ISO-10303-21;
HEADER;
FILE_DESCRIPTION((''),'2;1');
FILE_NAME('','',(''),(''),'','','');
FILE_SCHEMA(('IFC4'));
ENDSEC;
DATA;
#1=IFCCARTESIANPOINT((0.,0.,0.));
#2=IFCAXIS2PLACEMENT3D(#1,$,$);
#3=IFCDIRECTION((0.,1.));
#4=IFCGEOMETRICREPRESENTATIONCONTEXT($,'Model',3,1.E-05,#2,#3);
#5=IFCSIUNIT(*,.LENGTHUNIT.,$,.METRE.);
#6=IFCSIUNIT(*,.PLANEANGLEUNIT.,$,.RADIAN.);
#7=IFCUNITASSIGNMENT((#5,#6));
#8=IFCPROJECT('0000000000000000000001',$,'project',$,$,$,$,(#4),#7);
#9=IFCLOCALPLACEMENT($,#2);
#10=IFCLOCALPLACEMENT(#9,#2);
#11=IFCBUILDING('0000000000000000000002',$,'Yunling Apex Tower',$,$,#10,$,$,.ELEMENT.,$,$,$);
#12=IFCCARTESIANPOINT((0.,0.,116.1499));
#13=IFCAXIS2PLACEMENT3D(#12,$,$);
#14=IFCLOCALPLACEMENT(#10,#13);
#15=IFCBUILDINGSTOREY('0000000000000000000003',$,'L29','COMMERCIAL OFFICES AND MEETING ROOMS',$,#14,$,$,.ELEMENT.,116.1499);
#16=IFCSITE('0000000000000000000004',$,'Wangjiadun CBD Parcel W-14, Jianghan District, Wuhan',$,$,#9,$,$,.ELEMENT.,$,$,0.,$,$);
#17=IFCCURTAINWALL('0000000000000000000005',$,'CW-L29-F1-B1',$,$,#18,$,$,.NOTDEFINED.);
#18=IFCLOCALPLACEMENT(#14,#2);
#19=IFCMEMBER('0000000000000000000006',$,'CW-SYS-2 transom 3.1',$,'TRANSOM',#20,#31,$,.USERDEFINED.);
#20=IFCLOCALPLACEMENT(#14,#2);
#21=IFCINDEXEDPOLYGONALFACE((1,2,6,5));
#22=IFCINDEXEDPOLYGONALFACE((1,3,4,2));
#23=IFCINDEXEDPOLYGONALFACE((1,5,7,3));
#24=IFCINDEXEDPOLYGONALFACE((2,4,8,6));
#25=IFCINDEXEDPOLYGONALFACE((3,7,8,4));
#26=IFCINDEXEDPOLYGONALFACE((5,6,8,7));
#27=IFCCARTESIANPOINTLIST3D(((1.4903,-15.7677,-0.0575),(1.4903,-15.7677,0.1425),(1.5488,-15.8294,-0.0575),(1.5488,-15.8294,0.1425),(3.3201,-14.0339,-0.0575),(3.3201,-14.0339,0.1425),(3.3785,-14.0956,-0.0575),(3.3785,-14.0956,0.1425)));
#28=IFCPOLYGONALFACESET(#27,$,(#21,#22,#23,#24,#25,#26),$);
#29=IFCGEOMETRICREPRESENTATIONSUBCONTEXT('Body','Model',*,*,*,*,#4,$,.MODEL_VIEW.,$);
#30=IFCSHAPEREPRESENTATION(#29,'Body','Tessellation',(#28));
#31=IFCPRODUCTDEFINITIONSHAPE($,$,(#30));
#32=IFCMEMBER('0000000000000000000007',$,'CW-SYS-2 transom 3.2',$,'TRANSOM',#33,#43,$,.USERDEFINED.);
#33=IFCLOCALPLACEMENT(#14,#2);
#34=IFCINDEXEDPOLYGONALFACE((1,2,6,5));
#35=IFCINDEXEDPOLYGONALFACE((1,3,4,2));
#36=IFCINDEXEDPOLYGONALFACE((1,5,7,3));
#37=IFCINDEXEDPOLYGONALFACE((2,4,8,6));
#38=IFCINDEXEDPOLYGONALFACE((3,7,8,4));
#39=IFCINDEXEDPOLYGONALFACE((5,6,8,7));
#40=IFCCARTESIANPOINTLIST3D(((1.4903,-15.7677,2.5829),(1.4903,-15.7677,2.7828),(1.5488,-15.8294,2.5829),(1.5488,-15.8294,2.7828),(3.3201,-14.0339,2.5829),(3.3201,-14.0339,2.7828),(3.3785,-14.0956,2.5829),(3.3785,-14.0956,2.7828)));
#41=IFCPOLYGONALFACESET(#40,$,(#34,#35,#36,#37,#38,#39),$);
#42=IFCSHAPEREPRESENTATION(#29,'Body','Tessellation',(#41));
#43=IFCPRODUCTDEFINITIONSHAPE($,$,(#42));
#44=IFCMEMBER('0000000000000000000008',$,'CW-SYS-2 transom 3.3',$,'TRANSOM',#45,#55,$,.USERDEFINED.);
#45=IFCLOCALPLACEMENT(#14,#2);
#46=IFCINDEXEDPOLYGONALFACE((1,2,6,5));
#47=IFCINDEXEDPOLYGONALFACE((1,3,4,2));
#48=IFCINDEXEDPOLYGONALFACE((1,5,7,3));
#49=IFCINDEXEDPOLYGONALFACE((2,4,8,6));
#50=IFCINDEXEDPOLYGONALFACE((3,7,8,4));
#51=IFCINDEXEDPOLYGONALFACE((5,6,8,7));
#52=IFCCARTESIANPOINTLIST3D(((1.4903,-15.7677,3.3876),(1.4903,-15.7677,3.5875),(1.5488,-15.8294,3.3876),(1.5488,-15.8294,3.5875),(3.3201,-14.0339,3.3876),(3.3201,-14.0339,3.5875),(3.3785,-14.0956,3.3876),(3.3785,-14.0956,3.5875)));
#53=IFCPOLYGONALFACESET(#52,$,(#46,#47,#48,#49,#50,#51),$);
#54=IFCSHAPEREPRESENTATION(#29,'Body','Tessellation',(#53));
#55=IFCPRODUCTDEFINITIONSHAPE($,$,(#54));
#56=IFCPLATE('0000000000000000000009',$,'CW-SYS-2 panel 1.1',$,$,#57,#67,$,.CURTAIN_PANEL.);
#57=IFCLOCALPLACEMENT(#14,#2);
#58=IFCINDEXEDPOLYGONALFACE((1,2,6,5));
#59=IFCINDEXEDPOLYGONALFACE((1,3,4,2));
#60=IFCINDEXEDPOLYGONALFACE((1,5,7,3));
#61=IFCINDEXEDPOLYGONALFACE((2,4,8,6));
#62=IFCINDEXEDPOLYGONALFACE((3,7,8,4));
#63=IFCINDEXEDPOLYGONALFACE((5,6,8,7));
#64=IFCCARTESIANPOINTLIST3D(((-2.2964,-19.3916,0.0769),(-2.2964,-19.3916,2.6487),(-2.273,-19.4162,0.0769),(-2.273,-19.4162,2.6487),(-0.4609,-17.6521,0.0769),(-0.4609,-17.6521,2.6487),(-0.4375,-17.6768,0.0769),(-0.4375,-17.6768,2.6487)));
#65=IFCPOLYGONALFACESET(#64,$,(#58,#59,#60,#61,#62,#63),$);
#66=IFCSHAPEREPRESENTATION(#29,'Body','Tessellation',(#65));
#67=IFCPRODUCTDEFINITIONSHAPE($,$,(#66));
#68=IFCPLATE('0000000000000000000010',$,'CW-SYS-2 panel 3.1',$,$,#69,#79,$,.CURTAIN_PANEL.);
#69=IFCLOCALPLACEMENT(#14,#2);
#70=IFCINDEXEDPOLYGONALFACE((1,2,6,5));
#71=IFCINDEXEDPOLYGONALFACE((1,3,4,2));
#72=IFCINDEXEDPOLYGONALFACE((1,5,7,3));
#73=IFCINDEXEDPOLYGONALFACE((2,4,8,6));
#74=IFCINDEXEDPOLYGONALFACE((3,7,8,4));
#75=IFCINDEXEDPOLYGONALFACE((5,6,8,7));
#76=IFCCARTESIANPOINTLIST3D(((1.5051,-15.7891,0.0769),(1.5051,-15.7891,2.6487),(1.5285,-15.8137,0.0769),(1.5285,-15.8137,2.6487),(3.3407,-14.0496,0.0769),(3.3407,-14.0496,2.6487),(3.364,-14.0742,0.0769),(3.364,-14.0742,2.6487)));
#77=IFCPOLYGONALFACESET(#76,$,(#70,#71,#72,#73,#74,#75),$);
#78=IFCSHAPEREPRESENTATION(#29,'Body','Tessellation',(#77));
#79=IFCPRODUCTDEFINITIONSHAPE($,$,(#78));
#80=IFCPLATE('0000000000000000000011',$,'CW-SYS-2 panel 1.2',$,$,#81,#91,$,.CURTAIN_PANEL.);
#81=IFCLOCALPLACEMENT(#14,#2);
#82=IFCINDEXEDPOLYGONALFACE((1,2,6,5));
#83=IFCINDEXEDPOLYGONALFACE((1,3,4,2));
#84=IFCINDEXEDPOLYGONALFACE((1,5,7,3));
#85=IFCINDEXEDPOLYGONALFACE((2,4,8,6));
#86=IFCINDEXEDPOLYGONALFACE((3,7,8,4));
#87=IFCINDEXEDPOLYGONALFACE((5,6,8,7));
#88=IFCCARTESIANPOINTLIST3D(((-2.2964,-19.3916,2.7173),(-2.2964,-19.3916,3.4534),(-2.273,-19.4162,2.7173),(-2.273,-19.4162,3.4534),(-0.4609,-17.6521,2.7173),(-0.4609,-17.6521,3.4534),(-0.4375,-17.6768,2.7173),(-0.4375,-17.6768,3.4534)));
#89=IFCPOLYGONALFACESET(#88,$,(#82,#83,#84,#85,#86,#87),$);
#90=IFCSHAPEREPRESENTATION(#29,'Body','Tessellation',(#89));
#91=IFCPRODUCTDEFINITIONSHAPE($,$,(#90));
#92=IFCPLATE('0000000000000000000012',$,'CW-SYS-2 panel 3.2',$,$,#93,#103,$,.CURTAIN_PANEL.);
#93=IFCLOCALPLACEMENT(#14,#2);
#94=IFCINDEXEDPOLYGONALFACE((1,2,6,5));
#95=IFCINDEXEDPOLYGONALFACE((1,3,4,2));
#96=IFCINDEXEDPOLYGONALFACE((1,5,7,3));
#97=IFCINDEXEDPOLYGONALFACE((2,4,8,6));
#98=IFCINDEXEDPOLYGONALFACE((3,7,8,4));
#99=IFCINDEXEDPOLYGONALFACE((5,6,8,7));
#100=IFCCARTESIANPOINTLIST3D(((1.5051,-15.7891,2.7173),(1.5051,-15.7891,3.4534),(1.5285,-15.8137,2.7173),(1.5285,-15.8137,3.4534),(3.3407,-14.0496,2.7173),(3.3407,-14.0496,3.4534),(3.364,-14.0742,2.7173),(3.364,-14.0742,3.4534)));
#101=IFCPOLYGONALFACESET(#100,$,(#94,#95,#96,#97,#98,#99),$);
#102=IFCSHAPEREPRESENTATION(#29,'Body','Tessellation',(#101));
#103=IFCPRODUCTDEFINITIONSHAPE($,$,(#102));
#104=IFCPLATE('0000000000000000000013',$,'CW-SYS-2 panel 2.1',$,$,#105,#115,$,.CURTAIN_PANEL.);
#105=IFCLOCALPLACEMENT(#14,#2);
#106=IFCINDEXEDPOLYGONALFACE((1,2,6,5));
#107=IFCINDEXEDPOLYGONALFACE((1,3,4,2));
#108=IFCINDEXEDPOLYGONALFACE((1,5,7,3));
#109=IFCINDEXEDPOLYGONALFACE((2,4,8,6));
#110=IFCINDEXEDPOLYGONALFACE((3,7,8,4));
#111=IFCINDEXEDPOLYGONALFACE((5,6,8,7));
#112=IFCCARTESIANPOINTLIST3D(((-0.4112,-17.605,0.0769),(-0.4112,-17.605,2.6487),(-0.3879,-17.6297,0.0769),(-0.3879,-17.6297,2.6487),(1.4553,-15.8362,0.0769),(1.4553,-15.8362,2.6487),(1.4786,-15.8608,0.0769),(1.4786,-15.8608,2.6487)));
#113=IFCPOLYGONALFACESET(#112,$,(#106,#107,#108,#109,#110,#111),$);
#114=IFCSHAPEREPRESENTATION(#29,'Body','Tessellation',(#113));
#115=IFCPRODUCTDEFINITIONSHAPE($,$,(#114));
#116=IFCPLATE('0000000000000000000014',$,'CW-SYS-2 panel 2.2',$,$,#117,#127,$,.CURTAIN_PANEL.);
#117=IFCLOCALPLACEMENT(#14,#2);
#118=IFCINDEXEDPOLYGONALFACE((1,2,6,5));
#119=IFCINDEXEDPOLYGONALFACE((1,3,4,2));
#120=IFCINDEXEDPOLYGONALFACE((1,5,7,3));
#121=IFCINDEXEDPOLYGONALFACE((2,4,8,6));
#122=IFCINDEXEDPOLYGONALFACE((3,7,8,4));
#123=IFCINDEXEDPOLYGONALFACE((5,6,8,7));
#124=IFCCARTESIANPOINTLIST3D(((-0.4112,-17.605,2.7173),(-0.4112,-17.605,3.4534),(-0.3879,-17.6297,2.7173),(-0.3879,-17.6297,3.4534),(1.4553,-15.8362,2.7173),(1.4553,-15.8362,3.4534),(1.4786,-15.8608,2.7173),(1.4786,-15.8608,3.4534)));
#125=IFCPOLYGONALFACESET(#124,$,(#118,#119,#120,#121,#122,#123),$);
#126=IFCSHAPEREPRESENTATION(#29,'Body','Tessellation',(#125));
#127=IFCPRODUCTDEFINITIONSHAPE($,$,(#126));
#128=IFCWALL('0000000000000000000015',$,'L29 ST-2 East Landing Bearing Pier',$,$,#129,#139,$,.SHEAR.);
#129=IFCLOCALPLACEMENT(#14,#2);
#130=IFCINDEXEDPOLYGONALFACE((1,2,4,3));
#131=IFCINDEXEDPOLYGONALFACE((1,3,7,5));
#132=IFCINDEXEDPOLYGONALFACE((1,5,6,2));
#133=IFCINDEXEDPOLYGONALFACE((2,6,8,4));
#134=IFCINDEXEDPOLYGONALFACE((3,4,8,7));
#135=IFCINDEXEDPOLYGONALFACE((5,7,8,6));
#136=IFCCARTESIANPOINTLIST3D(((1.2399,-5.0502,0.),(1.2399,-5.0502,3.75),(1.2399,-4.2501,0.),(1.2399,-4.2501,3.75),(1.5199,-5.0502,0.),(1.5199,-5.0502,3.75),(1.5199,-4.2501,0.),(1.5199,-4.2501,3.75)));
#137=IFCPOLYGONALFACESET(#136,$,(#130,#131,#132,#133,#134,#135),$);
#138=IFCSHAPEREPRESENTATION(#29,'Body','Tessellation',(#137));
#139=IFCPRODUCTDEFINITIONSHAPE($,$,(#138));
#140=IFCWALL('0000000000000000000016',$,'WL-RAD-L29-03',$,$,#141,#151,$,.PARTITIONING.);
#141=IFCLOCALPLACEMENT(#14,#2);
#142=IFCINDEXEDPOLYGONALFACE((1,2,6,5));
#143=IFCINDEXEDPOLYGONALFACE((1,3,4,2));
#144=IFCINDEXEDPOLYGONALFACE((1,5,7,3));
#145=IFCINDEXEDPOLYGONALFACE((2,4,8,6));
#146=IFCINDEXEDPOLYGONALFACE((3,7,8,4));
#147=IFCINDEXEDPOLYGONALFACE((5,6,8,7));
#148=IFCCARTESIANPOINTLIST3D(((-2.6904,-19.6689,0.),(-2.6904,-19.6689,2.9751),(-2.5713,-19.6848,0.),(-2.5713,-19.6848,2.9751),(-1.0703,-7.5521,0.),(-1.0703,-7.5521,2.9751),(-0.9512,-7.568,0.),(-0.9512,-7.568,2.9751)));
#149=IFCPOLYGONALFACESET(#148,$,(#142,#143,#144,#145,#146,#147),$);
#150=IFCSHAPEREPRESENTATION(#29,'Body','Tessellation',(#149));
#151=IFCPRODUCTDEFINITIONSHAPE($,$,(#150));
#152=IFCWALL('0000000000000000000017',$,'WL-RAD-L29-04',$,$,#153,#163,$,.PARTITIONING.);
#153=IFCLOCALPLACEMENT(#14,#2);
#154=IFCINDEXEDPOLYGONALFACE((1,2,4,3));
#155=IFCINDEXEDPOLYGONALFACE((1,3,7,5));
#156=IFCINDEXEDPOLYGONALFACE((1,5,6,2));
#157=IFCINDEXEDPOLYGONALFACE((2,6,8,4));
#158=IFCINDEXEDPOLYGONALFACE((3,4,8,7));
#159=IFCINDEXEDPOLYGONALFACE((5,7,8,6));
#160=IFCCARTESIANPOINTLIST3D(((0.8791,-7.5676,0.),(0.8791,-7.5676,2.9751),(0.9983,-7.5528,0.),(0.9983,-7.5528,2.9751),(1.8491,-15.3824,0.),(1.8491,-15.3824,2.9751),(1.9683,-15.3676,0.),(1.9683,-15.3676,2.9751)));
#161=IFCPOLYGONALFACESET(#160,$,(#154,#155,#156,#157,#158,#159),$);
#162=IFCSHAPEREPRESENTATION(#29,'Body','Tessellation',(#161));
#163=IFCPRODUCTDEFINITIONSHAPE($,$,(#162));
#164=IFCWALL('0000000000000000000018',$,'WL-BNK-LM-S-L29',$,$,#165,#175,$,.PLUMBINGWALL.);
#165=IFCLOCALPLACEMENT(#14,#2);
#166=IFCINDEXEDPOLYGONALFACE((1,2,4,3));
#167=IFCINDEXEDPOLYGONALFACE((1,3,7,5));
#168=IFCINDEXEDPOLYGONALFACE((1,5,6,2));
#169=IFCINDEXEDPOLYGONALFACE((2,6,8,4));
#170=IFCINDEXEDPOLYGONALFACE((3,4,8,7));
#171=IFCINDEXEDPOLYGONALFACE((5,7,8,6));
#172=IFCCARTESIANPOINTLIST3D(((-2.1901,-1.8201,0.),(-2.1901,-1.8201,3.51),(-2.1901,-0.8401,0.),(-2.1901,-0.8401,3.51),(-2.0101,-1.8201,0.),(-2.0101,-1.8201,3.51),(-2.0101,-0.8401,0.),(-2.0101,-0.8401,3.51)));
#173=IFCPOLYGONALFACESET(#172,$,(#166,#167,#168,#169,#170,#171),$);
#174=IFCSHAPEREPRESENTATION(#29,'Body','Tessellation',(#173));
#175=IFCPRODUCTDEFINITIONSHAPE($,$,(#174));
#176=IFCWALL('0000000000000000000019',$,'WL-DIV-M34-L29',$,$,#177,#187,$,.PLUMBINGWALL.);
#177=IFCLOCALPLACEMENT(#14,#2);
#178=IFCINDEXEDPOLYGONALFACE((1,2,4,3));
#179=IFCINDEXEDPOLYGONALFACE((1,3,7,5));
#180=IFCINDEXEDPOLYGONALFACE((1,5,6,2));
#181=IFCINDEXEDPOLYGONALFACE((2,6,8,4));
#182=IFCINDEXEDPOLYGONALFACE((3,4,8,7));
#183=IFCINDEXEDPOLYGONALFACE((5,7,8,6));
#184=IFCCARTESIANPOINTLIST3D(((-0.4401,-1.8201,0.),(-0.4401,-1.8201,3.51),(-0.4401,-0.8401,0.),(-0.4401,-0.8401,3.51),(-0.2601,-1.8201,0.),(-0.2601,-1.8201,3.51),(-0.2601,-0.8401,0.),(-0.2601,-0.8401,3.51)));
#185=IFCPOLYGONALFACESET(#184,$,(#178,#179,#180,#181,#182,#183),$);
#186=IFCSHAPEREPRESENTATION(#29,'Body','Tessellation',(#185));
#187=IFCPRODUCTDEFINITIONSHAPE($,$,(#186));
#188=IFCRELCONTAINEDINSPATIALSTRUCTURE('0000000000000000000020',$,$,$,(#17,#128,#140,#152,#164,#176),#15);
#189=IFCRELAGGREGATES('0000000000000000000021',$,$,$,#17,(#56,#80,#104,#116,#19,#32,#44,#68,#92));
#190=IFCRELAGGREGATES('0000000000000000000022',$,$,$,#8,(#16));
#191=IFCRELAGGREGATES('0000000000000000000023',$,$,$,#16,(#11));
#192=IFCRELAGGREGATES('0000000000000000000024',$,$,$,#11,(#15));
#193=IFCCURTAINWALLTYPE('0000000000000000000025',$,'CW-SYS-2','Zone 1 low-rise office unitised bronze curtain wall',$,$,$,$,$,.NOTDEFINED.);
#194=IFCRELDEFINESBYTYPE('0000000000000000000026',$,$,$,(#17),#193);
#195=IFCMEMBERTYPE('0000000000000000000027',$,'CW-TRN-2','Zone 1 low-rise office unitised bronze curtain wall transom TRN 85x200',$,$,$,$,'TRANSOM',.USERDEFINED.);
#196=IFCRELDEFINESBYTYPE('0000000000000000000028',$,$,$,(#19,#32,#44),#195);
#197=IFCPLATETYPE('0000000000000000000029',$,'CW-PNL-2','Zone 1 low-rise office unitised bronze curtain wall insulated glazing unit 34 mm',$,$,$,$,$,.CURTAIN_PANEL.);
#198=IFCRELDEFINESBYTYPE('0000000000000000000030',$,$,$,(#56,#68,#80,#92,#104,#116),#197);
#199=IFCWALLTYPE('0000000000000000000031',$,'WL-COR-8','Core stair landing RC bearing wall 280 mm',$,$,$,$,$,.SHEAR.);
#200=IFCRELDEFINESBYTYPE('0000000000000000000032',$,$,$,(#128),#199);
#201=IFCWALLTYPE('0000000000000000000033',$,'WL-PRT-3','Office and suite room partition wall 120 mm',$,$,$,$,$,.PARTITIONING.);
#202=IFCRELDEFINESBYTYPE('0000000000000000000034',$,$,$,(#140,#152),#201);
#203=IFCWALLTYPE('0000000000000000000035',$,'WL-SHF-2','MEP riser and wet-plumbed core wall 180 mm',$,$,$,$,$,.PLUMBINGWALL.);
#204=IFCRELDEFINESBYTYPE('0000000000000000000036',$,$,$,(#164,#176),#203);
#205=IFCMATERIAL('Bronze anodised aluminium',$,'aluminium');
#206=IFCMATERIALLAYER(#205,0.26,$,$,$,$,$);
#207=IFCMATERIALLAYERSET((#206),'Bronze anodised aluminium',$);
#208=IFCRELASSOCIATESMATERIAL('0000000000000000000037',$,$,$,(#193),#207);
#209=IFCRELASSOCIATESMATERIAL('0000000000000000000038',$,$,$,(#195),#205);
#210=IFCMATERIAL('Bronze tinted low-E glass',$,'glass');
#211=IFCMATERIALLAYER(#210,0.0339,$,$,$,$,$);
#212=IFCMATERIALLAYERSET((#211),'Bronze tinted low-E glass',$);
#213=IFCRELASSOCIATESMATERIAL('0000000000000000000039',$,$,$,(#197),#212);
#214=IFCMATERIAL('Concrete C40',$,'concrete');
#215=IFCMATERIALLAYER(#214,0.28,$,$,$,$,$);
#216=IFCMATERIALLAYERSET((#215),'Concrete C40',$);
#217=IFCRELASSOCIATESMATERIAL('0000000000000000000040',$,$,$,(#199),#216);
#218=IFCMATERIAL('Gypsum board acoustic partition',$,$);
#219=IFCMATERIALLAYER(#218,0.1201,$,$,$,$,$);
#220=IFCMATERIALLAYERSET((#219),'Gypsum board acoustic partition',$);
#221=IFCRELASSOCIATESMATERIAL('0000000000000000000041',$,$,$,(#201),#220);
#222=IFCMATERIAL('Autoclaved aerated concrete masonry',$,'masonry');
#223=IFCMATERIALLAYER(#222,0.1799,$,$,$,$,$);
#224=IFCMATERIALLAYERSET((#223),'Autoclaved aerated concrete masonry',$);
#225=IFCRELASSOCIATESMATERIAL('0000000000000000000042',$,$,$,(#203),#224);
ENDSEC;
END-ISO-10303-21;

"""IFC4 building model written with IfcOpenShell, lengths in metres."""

from ifc_helpers import new_model, si_unit, direction, frame, frame_2d, origin, origin_2d, place, context, subcontext, project, spatial, rectangle, extrude, source, transform, mapped, material, layer, layer_set, material_profile, profile_set, type_object, element, aggregate, save


model = new_model("IFC4")

# Units and contexts
model_context = context("Model", 3, precision=1e-05, world=origin(), true_north=direction((0.0, 1.0)))
body_context = subcontext(model_context, "Body", "Model", "MODEL_VIEW")
ifc_project = project(units=[si_unit("LENGTHUNIT", "METRE"), si_unit("PLANEANGLEUNIT", "RADIAN")], contexts=[model_context])

# Site, building, storey
site_placement = place(None, origin())
site = spatial("IfcSite", under=ifc_project, at=site_placement, Name="Wangjiadun CBD Parcel W-14, Jianghan District, Wuhan", CompositionType="ELEMENT", RefElevation=0.0)
building_placement = place(site_placement, origin())
building = spatial("IfcBuilding", under=site, at=building_placement, Name="Yunling Apex Tower", CompositionType="ELEMENT")
storey_placement = place(building_placement, frame((0.0, 0.0, 116.1499)))
storey = spatial("IfcBuildingStorey", under=building, at=storey_placement, Name="L29", Description="COMMERCIAL OFFICES AND MEETING ROOMS", CompositionType="ELEMENT", Elevation=116.1499)

# Curtain wall
ifc_material_1 = material(Name="Bronze anodised aluminium", Category="aluminium")
ifc_layer_1 = layer(ifc_material_1, 0.26)
ifc_layer_set_1 = layer_set([ifc_layer_1], Name="Bronze anodised aluminium")
curtain_wall_type = type_object("IfcCurtainWallType", Name="CW-SYS-2", Description="Zone 1 low-rise office unitised bronze curtain wall", PredefinedType="NOTDEFINED", material=ifc_layer_set_1)
curtain_wall_1_placement = place(storey_placement, origin())
curtain_wall_1 = element("IfcCurtainWall", 1, at=curtain_wall_1_placement, inside=storey, type_object=curtain_wall_type, Name="CW-L29-F1-B1", PredefinedType="NOTDEFINED")

# Members
ifc_material_profile_1 = material_profile(ifc_material_1, rectangle(XDim=0.085, YDim=0.2, at=origin_2d()))
ifc_profile_set_1 = profile_set([ifc_material_profile_1], Name="Bronze anodised aluminium")
member_type_1 = type_object("IfcMemberType", Name="CW-TRN-2", Description="Zone 1 low-rise office unitised bronze curtain wall transom TRN 85x200", ElementType="TRANSOM", PredefinedType="USERDEFINED", material=ifc_profile_set_1)
shared_shape_1 = source(origin(), body_context, "Body", "SweptSolid", [
    extrude(rectangle(XDim=0.085, YDim=0.2, at=origin_2d()), origin(), (0.0, 0.0, 1.0), 2.5208),
])
member_1_placement = place(storey_placement, frame((1.5195, -15.7986, 0.0425), z_axis=(0.725881, 0.68782, 0.0), x_axis=(-0.68782, 0.725881, 0.0)))
member_1 = element("IfcMember", 2, at=member_1_placement, type_object=member_type_1, Name="CW-SYS-2 transom 3.1", ObjectType="TRANSOM", PredefinedType="USERDEFINED", context=body_context, shape_type="MappedRepresentation", body=[
    mapped(shared_shape_1, transform((0.0, 0.0, 0.0), scale=1.0)),
])
member_2_placement = place(storey_placement, frame((1.5195, -15.7986, 2.6829), z_axis=(0.725881, 0.68782, 0.0), x_axis=(-0.68782, 0.725881, 0.0)))
member_2 = element("IfcMember", 3, at=member_2_placement, type_object=member_type_1, Name="CW-SYS-2 transom 3.2", ObjectType="TRANSOM", PredefinedType="USERDEFINED", context=body_context, shape_type="MappedRepresentation", body=[
    mapped(shared_shape_1, transform((0.0, 0.0, 0.0), scale=1.0)),
])
member_3_placement = place(storey_placement, frame((1.5195, -15.7986, 3.4875), z_axis=(0.725881, 0.68782, 0.0), x_axis=(-0.68782, 0.725881, 0.0)))
member_3 = element("IfcMember", 4, at=member_3_placement, type_object=member_type_1, Name="CW-SYS-2 transom 3.3", ObjectType="TRANSOM", PredefinedType="USERDEFINED", context=body_context, shape_type="MappedRepresentation", body=[
    mapped(shared_shape_1, transform((0.0, 0.0, 0.0), scale=1.0)),
])

# Plates
ifc_material_2 = material(Name="Bronze tinted low-E glass", Category="glass")
ifc_layer_2 = layer(ifc_material_2, 0.0339)
ifc_layer_set_2 = layer_set([ifc_layer_2], Name="Bronze tinted low-E glass")
plate_type = type_object("IfcPlateType", Name="CW-PNL-2", Description="Zone 1 low-rise office unitised bronze curtain wall insulated glazing unit 34 mm", PredefinedType="CURTAIN_PANEL", material=ifc_layer_set_2)
shared_shape_2 = source(origin(), body_context, "Body", "SweptSolid", [
    extrude(rectangle(XDim=2.5288, YDim=0.0339, at=origin_2d()), origin(), (0.0, 0.0, 1.0), 2.5718),
])
plate_1_placement = place(storey_placement, frame((-1.3669, -18.5342, 0.0769), z_axis=(0.0, 0.0, 1.0), x_axis=(0.725842, 0.687861, 0.0)))
plate_1 = element("IfcPlate", 5, at=plate_1_placement, type_object=plate_type, Name="CW-SYS-2 panel 1.1", PredefinedType="CURTAIN_PANEL", context=body_context, shape_type="MappedRepresentation", body=[
    mapped(shared_shape_2, transform((0.0, 0.0, 0.0), scale=1.0)),
])
plate_2_placement = place(storey_placement, frame((2.4346, -14.9316, 0.0769), z_axis=(0.0, 0.0, 1.0), x_axis=(0.725842, 0.687861, 0.0)))
plate_2 = element("IfcPlate", 6, at=plate_2_placement, type_object=plate_type, Name="CW-SYS-2 panel 3.1", PredefinedType="CURTAIN_PANEL", context=body_context, shape_type="MappedRepresentation", body=[
    mapped(shared_shape_2, transform((0.0, 0.0, 0.0), scale=1.0)),
])
shared_shape_3 = source(origin(), body_context, "Body", "SweptSolid", [
    extrude(rectangle(XDim=2.5288, YDim=0.0339, at=origin_2d()), origin(), (0.0, 0.0, 1.0), 0.7361),
])
plate_3_placement = place(storey_placement, frame((-1.3669, -18.5342, 2.7173), z_axis=(0.0, 0.0, 1.0), x_axis=(0.725842, 0.687861, 0.0)))
plate_3 = element("IfcPlate", 7, at=plate_3_placement, type_object=plate_type, Name="CW-SYS-2 panel 1.2", PredefinedType="CURTAIN_PANEL", context=body_context, shape_type="MappedRepresentation", body=[
    mapped(shared_shape_3, transform((0.0, 0.0, 0.0), scale=1.0)),
])
plate_4_placement = place(storey_placement, frame((2.4346, -14.9316, 2.7173), z_axis=(0.0, 0.0, 1.0), x_axis=(0.725842, 0.687861, 0.0)))
plate_4 = element("IfcPlate", 8, at=plate_4_placement, type_object=plate_type, Name="CW-SYS-2 panel 3.2", PredefinedType="CURTAIN_PANEL", context=body_context, shape_type="MappedRepresentation", body=[
    mapped(shared_shape_3, transform((0.0, 0.0, 0.0), scale=1.0)),
])
shared_shape_4 = source(origin(), body_context, "Body", "SweptSolid", [
    extrude(rectangle(XDim=2.5715, YDim=0.0339, at=origin_2d()), origin(), (0.0, 0.0, 1.0), 2.5718),
])
plate_5_placement = place(storey_placement, frame((0.5337, -16.7329, 0.0769), z_axis=(0.0, 0.0, 1.0), x_axis=(0.725842, 0.687861, 0.0)))
plate_5 = element("IfcPlate", 9, at=plate_5_placement, type_object=plate_type, Name="CW-SYS-2 panel 2.1", PredefinedType="CURTAIN_PANEL", context=body_context, shape_type="MappedRepresentation", body=[
    mapped(shared_shape_4, transform((0.0, 0.0, 0.0), scale=1.0)),
])
shared_shape_5 = source(origin(), body_context, "Body", "SweptSolid", [
    extrude(rectangle(XDim=2.5715, YDim=0.0339, at=origin_2d()), origin(), (0.0, 0.0, 1.0), 0.7361),
])
plate_6_placement = place(storey_placement, frame((0.5337, -16.7329, 2.7173), z_axis=(0.0, 0.0, 1.0), x_axis=(0.725842, 0.687861, 0.0)))
plate_6 = element("IfcPlate", 10, at=plate_6_placement, type_object=plate_type, Name="CW-SYS-2 panel 2.2", PredefinedType="CURTAIN_PANEL", context=body_context, shape_type="MappedRepresentation", body=[
    mapped(shared_shape_5, transform((0.0, 0.0, 0.0), scale=1.0)),
])
aggregate(curtain_wall_1, [plate_1, plate_3, plate_5, plate_6, member_1, member_2, member_3, plate_2, plate_4])

# Walls
ifc_material_3 = material(Name="Concrete C40", Category="concrete")
ifc_layer_3 = layer(ifc_material_3, 0.28)
ifc_layer_set_3 = layer_set([ifc_layer_3], Name="Concrete C40")
wall_type_1 = type_object("IfcWallType", Name="WL-COR-8", Description="Core stair landing RC bearing wall 280 mm", PredefinedType="SHEAR", material=ifc_layer_set_3)
wall_1_placement = place(storey_placement, frame((1.3799, -5.05, 0.0), z_axis=(0.0, 0.0, 1.0), x_axis=(0.0, 1.0, 0.0)))
element("IfcWall", 11, at=wall_1_placement, inside=storey, type_object=wall_type_1, Name="L29 ST-2 East Landing Bearing Pier", PredefinedType="SHEAR", context=body_context, shape_type="SweptSolid", body=[
    extrude(rectangle(XDim=0.8, YDim=0.28, at=frame_2d((0.3999, 0.0))), origin(), (0.0, 0.0, 1.0), 3.75),
])
ifc_material_4 = material(Name="Gypsum board acoustic partition")
ifc_layer_4 = layer(ifc_material_4, 0.1201)
ifc_layer_set_4 = layer_set([ifc_layer_4], Name="Gypsum board acoustic partition")
wall_type_2 = type_object("IfcWallType", Name="WL-PRT-3", Description="Office and suite room partition wall 120 mm", PredefinedType="PARTITIONING", material=ifc_layer_set_4)
wall_2_placement = place(storey_placement, frame((-1.0107, -7.5601, 0.0), z_axis=(0.0, 0.0, 1.0), x_axis=(-0.13253, -0.991179, 0.0)))
element("IfcWall", 12, at=wall_2_placement, inside=storey, type_object=wall_type_2, Name="WL-RAD-L29-03", PredefinedType="PARTITIONING", context=body_context, shape_type="SweptSolid", body=[
    extrude(rectangle(XDim=12.2246, YDim=0.1201, at=frame_2d((6.1123, 0.0))), origin(), (0.0, 0.0, 1.0), 2.9751),
])
wall_3_placement = place(storey_placement, frame((0.9387, -7.5601, 0.0), z_axis=(0.0, 0.0, 1.0), x_axis=(0.123176, -0.992385, 0.0)))
element("IfcWall", 13, at=wall_3_placement, inside=storey, type_object=wall_type_2, Name="WL-RAD-L29-04", PredefinedType="PARTITIONING", context=body_context, shape_type="SweptSolid", body=[
    extrude(rectangle(XDim=7.8748, YDim=0.1201, at=frame_2d((3.9375, 0.0))), origin(), (0.0, 0.0, 1.0), 2.9751),
])

# Shared definitions
ifc_material_5 = material(Name="Autoclaved aerated concrete masonry", Category="masonry")

# Walls
ifc_layer_5 = layer(ifc_material_5, 0.1799)
ifc_layer_set_5 = layer_set([ifc_layer_5], Name="Autoclaved aerated concrete masonry")
wall_type_3 = type_object("IfcWallType", Name="WL-SHF-2", Description="MEP riser and wet-plumbed core wall 180 mm", PredefinedType="PLUMBINGWALL", material=ifc_layer_set_5)
for number, where, z_axis, x_axis, name in (
    (14, (-2.1001, -1.8201, 0.0), (0.0, 0.0, 1.0), (0.0, 1.0, 0.0), "WL-BNK-LM-S-L29"),
    (15, (-0.3501, -1.8201, 0.0), (0.0, 0.0, 1.0), (0.0, 1.0, 0.0), "WL-DIV-M34-L29"),
):
    element("IfcWall", number, at=place(storey_placement, frame(where, z_axis=z_axis, x_axis=x_axis)), inside=storey, type_object=wall_type_3, Name=name, PredefinedType="PLUMBINGWALL", context=body_context, shape_type="SweptSolid", body=[
        extrude(rectangle(XDim=0.98, YDim=0.1799, at=frame_2d((0.49, 0.0))), origin(), (0.0, 0.0, 1.0), 3.51),
    ])

save(model, "model.ifc")
